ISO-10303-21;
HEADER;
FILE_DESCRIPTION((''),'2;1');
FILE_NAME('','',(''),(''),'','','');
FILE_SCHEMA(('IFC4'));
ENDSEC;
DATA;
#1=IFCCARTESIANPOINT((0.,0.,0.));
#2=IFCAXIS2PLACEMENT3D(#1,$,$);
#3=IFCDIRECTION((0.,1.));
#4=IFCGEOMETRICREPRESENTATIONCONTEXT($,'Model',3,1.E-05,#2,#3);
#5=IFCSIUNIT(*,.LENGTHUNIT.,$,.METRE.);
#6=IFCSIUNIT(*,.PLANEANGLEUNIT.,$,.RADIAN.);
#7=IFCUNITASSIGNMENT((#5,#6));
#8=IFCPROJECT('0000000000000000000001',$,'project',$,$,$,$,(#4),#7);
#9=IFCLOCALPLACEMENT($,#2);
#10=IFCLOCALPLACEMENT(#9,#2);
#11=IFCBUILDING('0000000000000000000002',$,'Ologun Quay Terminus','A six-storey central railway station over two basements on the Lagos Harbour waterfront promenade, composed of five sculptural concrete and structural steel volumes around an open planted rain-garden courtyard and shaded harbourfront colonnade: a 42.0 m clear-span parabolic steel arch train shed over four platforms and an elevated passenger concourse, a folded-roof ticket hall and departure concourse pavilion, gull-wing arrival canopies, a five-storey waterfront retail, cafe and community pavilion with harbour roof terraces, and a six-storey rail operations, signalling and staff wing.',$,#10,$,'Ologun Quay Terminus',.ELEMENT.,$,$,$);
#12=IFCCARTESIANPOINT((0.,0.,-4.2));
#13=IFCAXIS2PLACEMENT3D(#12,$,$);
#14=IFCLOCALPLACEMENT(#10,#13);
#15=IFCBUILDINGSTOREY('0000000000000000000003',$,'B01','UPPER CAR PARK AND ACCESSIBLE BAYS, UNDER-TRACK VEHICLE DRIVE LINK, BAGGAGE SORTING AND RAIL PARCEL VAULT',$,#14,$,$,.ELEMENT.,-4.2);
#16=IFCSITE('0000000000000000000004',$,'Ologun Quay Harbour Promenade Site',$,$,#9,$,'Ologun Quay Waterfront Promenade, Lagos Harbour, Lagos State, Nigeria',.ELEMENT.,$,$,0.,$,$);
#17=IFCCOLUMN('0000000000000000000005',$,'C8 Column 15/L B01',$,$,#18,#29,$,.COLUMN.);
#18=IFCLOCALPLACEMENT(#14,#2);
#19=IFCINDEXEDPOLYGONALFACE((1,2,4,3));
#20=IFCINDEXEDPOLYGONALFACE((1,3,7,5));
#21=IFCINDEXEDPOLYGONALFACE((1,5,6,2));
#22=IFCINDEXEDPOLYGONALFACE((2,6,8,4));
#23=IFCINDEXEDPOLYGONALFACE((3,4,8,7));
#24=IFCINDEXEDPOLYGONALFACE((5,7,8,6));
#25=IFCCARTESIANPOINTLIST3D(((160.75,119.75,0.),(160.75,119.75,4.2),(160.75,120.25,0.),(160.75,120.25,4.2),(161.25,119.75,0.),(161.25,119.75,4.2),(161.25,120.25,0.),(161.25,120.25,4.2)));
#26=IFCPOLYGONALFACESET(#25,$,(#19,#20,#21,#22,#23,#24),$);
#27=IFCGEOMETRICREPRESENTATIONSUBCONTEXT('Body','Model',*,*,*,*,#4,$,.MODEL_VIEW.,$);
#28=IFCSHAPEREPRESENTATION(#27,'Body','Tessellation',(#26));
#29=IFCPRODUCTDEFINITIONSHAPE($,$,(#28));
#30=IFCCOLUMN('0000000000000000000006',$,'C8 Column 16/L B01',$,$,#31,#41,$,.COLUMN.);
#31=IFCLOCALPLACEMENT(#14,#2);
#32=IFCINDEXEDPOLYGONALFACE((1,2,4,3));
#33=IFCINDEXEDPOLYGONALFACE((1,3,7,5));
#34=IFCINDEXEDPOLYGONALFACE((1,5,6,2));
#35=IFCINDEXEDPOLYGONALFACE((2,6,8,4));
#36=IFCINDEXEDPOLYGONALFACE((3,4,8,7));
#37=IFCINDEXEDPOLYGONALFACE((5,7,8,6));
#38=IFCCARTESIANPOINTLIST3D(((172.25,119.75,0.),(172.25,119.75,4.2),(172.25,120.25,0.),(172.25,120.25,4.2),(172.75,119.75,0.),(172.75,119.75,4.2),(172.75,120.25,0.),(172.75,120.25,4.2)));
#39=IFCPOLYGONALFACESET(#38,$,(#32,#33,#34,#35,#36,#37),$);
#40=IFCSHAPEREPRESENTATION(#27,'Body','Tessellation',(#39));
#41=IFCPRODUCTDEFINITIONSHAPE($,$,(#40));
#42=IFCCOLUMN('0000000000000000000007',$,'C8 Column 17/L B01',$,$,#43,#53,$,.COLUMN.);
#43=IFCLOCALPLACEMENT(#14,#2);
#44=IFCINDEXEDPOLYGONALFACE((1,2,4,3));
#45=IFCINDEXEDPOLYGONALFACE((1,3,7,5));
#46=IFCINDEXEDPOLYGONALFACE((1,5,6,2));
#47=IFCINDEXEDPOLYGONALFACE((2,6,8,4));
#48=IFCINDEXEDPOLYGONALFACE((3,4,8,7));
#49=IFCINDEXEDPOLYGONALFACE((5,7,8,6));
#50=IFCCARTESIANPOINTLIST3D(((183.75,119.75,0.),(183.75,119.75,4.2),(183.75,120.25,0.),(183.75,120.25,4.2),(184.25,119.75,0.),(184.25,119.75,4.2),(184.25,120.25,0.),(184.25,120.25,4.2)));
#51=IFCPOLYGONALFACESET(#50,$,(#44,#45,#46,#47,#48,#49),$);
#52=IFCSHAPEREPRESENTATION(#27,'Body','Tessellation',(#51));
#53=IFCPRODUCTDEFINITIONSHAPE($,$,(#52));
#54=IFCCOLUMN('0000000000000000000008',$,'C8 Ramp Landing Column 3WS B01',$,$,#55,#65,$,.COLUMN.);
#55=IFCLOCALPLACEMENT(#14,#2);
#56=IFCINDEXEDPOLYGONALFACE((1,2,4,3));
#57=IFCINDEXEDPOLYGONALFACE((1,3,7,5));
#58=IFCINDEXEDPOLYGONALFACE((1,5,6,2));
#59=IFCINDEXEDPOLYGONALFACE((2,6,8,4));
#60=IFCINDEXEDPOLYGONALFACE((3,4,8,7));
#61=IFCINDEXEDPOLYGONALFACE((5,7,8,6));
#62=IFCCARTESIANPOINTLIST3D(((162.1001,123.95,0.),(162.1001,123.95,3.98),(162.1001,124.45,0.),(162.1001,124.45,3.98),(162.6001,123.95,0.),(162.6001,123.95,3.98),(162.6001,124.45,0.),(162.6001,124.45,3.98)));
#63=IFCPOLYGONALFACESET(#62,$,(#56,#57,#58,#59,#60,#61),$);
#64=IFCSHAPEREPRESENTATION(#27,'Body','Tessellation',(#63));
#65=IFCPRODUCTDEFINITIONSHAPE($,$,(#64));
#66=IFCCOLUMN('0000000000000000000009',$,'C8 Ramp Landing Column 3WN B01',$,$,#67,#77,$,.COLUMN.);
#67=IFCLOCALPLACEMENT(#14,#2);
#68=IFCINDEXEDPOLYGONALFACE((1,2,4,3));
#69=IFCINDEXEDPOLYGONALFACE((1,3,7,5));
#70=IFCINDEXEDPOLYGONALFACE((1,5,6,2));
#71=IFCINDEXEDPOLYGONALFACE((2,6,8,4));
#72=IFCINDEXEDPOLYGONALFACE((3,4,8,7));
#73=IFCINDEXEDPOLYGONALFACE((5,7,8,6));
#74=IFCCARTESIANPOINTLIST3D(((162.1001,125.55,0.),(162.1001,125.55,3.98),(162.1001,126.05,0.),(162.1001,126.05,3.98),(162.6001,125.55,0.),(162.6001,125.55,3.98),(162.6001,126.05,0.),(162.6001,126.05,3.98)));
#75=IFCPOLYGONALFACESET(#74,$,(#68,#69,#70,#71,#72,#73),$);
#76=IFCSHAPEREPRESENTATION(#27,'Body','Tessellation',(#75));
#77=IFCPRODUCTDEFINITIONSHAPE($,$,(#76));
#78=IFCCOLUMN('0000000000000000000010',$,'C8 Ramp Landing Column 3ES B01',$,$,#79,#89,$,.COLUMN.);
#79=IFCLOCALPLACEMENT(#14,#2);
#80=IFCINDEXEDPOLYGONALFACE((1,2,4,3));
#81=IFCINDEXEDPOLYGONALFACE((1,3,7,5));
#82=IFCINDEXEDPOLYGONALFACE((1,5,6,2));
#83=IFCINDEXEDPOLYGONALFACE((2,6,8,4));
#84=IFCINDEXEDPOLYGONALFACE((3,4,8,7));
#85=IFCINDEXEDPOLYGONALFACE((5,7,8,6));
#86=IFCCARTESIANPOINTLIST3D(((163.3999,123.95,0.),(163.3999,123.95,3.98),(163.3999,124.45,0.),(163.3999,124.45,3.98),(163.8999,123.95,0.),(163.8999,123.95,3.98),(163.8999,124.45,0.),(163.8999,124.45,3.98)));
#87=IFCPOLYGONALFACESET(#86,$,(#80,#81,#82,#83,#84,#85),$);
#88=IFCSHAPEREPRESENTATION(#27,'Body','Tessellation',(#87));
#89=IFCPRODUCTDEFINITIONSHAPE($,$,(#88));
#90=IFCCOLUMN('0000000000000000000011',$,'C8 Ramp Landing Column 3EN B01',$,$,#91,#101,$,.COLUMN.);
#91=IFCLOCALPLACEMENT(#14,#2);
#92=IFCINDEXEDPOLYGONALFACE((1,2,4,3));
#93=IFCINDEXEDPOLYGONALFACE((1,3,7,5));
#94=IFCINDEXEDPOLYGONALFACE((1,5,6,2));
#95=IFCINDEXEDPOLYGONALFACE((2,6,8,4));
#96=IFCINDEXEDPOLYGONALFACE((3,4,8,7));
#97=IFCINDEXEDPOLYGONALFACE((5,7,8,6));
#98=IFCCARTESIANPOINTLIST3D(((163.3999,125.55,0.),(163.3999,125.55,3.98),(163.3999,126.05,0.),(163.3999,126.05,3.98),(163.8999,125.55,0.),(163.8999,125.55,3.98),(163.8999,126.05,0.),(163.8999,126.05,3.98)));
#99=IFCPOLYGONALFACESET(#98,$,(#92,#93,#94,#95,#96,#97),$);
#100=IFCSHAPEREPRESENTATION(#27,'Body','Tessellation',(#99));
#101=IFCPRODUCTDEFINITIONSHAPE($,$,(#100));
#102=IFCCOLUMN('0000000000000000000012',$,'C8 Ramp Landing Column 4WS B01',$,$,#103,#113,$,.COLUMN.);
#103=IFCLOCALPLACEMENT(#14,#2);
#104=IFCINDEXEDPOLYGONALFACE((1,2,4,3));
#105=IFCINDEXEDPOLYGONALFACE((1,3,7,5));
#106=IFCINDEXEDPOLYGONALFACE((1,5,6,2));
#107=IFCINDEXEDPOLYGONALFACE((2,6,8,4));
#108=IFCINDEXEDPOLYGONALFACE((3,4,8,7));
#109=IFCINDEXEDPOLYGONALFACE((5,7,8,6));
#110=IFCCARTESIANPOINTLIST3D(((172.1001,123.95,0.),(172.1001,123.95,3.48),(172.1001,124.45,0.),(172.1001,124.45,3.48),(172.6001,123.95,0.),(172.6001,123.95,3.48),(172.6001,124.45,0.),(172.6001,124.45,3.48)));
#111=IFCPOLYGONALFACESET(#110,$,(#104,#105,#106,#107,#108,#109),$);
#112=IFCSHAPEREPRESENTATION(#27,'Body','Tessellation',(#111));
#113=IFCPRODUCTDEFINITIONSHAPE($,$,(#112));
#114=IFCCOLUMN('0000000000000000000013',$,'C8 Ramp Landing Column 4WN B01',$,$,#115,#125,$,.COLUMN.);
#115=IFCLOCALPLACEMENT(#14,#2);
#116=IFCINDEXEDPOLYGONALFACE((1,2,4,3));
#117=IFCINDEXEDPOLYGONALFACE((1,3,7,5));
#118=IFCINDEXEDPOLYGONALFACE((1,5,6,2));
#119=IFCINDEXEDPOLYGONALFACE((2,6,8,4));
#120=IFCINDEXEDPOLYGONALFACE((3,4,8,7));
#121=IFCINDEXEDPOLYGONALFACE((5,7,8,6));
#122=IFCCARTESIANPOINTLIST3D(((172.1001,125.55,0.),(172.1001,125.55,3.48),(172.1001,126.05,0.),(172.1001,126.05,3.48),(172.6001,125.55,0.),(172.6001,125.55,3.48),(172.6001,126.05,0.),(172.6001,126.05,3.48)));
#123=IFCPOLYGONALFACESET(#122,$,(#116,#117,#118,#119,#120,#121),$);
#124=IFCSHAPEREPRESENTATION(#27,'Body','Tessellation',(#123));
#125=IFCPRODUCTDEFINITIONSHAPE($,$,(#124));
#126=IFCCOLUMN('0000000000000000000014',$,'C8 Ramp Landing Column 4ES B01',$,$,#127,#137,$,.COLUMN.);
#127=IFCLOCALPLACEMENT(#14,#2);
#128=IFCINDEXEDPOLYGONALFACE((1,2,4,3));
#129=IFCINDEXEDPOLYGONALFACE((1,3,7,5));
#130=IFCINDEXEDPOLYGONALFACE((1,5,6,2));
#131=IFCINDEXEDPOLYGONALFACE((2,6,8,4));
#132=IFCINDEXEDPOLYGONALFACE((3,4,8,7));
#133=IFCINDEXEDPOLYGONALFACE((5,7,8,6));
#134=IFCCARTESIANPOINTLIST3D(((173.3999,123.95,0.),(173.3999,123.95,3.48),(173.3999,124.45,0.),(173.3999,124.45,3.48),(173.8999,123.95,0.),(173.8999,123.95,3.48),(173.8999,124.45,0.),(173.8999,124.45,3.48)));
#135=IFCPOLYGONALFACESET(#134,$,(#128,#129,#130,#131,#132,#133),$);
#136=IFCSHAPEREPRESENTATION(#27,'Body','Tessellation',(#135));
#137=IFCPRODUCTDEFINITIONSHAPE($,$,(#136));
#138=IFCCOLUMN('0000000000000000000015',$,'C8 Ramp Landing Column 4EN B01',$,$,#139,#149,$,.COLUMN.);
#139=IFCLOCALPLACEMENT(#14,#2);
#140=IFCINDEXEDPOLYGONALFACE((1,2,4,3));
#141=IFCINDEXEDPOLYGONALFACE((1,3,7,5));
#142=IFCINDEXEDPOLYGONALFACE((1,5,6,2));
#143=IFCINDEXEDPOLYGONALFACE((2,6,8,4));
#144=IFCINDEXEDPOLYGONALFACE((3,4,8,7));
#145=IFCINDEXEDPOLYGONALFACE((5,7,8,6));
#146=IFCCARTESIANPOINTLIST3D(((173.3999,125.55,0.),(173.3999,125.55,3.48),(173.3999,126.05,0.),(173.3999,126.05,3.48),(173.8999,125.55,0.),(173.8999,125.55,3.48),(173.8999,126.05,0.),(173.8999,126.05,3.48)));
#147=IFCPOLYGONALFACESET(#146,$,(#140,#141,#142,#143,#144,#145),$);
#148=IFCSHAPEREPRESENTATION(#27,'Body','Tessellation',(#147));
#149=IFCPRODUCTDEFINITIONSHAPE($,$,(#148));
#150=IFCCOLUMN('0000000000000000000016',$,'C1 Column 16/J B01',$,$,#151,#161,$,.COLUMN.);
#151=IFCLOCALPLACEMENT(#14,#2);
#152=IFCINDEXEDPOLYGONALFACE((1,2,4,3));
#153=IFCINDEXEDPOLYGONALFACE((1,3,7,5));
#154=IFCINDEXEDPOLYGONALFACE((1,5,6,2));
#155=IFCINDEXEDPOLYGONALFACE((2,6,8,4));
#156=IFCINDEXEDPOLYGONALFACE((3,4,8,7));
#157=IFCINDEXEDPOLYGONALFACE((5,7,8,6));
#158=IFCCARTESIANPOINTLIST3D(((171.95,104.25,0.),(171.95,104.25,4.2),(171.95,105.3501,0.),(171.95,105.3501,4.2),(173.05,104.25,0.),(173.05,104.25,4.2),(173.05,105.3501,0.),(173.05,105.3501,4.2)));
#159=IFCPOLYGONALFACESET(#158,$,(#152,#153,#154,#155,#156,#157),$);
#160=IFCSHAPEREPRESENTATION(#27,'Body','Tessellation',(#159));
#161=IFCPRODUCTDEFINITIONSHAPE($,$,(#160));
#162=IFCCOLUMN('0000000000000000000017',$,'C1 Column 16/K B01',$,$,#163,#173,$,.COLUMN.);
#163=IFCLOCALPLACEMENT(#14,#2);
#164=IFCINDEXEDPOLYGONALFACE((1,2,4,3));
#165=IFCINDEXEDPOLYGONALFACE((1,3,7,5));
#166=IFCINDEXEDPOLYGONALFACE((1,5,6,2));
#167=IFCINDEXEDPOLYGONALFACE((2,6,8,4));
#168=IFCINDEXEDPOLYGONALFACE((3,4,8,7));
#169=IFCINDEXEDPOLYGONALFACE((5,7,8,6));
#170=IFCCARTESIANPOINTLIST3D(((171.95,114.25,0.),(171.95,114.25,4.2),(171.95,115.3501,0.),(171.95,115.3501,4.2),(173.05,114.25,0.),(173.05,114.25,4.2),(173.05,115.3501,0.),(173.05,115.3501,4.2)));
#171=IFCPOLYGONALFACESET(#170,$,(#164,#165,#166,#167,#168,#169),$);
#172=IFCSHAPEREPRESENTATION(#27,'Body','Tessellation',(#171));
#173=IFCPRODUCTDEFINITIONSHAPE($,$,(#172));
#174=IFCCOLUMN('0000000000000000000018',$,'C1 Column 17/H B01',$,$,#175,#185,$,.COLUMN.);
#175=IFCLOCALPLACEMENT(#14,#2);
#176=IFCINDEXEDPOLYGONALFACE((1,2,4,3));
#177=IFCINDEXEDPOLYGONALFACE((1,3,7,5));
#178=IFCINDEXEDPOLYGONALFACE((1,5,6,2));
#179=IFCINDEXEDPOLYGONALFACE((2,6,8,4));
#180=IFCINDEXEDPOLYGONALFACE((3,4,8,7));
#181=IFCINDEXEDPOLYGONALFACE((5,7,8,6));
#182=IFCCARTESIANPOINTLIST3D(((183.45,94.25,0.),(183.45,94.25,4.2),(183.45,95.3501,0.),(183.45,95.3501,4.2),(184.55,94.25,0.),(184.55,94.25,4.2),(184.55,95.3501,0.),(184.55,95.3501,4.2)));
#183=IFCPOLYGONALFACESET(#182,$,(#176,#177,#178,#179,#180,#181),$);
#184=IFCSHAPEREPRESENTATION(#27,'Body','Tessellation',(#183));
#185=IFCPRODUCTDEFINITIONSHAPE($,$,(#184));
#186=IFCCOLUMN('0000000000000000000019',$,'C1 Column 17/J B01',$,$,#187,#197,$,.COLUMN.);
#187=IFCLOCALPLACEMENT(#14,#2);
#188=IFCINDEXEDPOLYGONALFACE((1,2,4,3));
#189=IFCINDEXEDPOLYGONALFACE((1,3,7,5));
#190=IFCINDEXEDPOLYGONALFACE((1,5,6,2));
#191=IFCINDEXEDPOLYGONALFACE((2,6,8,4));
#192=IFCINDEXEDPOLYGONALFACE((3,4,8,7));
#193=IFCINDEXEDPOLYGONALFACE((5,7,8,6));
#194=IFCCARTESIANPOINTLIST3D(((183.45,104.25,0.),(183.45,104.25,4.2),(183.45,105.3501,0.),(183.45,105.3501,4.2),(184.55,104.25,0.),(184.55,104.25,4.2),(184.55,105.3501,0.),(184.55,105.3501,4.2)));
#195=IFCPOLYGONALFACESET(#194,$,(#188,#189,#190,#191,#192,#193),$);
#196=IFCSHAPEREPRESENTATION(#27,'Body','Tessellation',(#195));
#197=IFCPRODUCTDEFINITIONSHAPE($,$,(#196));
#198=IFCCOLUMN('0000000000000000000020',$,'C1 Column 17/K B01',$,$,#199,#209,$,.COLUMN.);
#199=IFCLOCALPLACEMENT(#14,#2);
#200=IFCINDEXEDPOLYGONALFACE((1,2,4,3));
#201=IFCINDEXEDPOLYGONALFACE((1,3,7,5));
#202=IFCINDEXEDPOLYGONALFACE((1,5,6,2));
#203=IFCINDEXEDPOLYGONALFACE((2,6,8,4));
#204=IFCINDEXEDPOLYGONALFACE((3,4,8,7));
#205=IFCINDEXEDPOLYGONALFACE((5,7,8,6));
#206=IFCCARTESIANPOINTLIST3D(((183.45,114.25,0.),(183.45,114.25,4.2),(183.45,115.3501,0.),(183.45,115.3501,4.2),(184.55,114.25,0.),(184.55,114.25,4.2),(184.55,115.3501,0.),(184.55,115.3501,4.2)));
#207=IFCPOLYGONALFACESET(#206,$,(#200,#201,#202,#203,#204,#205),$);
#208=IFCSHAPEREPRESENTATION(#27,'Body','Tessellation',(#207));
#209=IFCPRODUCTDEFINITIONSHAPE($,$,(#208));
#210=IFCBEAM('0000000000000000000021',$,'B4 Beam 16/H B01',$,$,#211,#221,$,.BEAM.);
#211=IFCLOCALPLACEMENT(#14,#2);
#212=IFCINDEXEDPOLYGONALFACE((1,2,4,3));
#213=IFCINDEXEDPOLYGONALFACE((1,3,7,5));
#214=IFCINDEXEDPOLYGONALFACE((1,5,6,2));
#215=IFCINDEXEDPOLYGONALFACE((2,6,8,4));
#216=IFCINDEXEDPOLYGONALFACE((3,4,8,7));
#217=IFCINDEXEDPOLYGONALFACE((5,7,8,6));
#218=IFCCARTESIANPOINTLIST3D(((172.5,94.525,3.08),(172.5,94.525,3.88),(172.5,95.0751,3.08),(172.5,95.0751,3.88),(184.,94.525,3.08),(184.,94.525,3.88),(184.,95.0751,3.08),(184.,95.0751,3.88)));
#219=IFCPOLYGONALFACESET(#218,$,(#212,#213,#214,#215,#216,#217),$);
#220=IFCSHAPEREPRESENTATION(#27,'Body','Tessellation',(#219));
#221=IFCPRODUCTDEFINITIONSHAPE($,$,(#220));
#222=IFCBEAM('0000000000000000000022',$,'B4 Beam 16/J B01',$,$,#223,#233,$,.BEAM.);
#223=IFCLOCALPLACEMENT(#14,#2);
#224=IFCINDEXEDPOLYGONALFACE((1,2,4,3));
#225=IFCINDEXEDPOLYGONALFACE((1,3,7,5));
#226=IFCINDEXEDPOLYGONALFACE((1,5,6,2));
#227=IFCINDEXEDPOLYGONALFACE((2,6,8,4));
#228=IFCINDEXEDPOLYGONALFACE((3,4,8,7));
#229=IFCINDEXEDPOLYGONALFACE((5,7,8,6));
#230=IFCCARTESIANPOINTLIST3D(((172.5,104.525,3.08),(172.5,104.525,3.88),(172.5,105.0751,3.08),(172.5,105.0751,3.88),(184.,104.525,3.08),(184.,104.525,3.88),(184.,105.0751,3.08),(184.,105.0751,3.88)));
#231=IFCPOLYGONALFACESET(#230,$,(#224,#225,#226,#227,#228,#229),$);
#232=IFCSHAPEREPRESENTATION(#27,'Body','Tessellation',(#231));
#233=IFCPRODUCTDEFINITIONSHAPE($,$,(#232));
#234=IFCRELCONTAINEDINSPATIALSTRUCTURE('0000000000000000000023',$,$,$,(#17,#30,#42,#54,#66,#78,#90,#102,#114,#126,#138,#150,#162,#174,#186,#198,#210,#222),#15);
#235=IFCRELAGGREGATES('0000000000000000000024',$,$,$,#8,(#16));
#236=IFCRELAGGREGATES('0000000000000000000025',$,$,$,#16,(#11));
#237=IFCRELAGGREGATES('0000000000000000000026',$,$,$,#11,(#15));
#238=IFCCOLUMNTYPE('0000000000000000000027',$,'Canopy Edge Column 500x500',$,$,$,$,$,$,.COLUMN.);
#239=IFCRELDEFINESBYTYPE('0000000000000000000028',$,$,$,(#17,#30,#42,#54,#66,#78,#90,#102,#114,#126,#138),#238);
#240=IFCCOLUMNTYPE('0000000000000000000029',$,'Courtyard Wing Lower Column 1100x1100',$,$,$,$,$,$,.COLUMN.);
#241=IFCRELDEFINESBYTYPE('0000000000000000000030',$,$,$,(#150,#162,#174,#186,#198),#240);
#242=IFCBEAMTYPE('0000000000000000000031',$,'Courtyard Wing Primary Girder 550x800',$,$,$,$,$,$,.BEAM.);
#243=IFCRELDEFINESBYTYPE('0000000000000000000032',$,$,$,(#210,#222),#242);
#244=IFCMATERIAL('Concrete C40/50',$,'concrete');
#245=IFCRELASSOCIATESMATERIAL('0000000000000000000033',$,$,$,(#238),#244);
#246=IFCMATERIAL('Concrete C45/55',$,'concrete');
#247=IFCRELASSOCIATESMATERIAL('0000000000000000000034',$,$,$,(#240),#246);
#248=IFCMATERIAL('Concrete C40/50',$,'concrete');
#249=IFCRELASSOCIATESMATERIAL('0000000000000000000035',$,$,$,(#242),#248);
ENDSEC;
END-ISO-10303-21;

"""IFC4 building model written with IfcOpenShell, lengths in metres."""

from ifc_helpers import new_model, si_unit, direction, frame, origin, origin_2d, place, context, subcontext, project, spatial, rectangle, extrude, material, material_profile, profile_set, type_object, element, save


model = new_model("IFC4")

# Units and contexts
model_context = context("Model", 3, precision=1e-05, world=origin(), true_north=direction((0.0, 1.0)))
body_context = subcontext(model_context, "Body", "Model", "MODEL_VIEW")
ifc_project = project(units=[si_unit("LENGTHUNIT", "METRE"), si_unit("PLANEANGLEUNIT", "RADIAN")], contexts=[model_context])

# Site, building, storey
site_placement = place(None, origin())
site = spatial("IfcSite", under=ifc_project, at=site_placement, Name="Ologun Quay Harbour Promenade Site", LongName="Ologun Quay Waterfront Promenade, Lagos Harbour, Lagos State, Nigeria", CompositionType="ELEMENT", RefElevation=0.0)
building_placement = place(site_placement, origin())
building = spatial("IfcBuilding", under=site, at=building_placement, Name="Ologun Quay Terminus", Description="A six-storey central railway station over two basements on the Lagos Harbour waterfront promenade, composed of five sculptural concrete and structural steel volumes around an open planted rain-garden courtyard and shaded harbourfront colonnade: a 42.0 m clear-span parabolic steel arch train shed over four platforms and an elevated passenger concourse, a folded-roof ticket hall and departure concourse pavilion, gull-wing arrival canopies, a five-storey waterfront retail, cafe and community pavilion with harbour roof terraces, and a six-storey rail operations, signalling and staff wing.", LongName="Ologun Quay Terminus", CompositionType="ELEMENT")
storey_placement = place(building_placement, frame((0.0, 0.0, -4.2)))
storey = spatial("IfcBuildingStorey", under=building, at=storey_placement, Name="B01", Description="UPPER CAR PARK AND ACCESSIBLE BAYS, UNDER-TRACK VEHICLE DRIVE LINK, BAGGAGE SORTING AND RAIL PARCEL VAULT", CompositionType="ELEMENT", Elevation=-4.2)

# Columns
ifc_material_1 = material(Name="Concrete C40/50", Category="concrete")
ifc_material_profile_1 = material_profile(ifc_material_1, rectangle(XDim=0.5, YDim=0.5, at=origin_2d()), Name="RC 500x500")
ifc_profile_set_1 = profile_set([ifc_material_profile_1], Name="Concrete C40/50")
column_type_1 = type_object("IfcColumnType", Name="Canopy Edge Column 500x500", PredefinedType="COLUMN", material=ifc_profile_set_1)
for number, where, z_axis, x_axis, name in (
    (1, (161.0, 120.0, 0.0), (0.0, 0.0, 1.0), (1.0, 0.0, 0.0), "C8 Column 15/L B01"),
    (2, (172.5, 120.0, 0.0), (0.0, 0.0, 1.0), (1.0, 0.0, 0.0), "C8 Column 16/L B01"),
    (3, (184.0, 120.0, 0.0), (0.0, 0.0, 1.0), (1.0, 0.0, 0.0), "C8 Column 17/L B01"),
):
    element("IfcColumn", number, at=place(storey_placement, frame(where, z_axis=z_axis, x_axis=x_axis)), inside=storey, type_object=column_type_1, Name=name, PredefinedType="COLUMN", context=body_context, shape_type="SweptSolid", body=[
        extrude(rectangle(XDim=0.5, YDim=0.5, at=origin_2d()), origin(), (0.0, 0.0, 1.0), 4.2),
    ])
for number, where, z_axis, x_axis, name in (
    (4, (162.3501, 124.2, 0.0), (0.0, 0.0, 1.0), (1.0, 0.0, 0.0), "C8 Ramp Landing Column 3WS B01"),
    (5, (162.3501, 125.8, 0.0), (0.0, 0.0, 1.0), (1.0, 0.0, 0.0), "C8 Ramp Landing Column 3WN B01"),
    (6, (163.6499, 124.2, 0.0), (0.0, 0.0, 1.0), (1.0, 0.0, 0.0), "C8 Ramp Landing Column 3ES B01"),
    (7, (163.6499, 125.8, 0.0), (0.0, 0.0, 1.0), (1.0, 0.0, 0.0), "C8 Ramp Landing Column 3EN B01"),
):
    element("IfcColumn", number, at=place(storey_placement, frame(where, z_axis=z_axis, x_axis=x_axis)), inside=storey, type_object=column_type_1, Name=name, PredefinedType="COLUMN", context=body_context, shape_type="SweptSolid", body=[
        extrude(rectangle(XDim=0.5, YDim=0.5, at=origin_2d()), origin(), (0.0, 0.0, 1.0), 3.98),
    ])
for number, where, z_axis, x_axis, name in (
    (8, (172.3501, 124.2, 0.0), (0.0, 0.0, 1.0), (1.0, 0.0, 0.0), "C8 Ramp Landing Column 4WS B01"),
    (9, (172.3501, 125.8, 0.0), (0.0, 0.0, 1.0), (1.0, 0.0, 0.0), "C8 Ramp Landing Column 4WN B01"),
    (10, (173.6499, 124.2, 0.0), (0.0, 0.0, 1.0), (1.0, 0.0, 0.0), "C8 Ramp Landing Column 4ES B01"),
    (11, (173.6499, 125.8, 0.0), (0.0, 0.0, 1.0), (1.0, 0.0, 0.0), "C8 Ramp Landing Column 4EN B01"),
):
    element("IfcColumn", number, at=place(storey_placement, frame(where, z_axis=z_axis, x_axis=x_axis)), inside=storey, type_object=column_type_1, Name=name, PredefinedType="COLUMN", context=body_context, shape_type="SweptSolid", body=[
        extrude(rectangle(XDim=0.5, YDim=0.5, at=origin_2d()), origin(), (0.0, 0.0, 1.0), 3.48),
    ])
ifc_material_2 = material(Name="Concrete C45/55", Category="concrete")
ifc_material_profile_2 = material_profile(ifc_material_2, rectangle(XDim=1.1001, YDim=1.1001, at=origin_2d()), Name="RC 1100x1100")
ifc_profile_set_2 = profile_set([ifc_material_profile_2], Name="Concrete C45/55")
column_type_2 = type_object("IfcColumnType", Name="Courtyard Wing Lower Column 1100x1100", PredefinedType="COLUMN", material=ifc_profile_set_2)
for number, where, z_axis, x_axis, name in (
    (12, (172.5, 104.8, 0.0), (0.0, 0.0, 1.0), (1.0, 0.0, 0.0), "C1 Column 16/J B01"),
    (13, (172.5, 114.8, 0.0), (0.0, 0.0, 1.0), (1.0, 0.0, 0.0), "C1 Column 16/K B01"),
    (14, (184.0, 94.8, 0.0), (0.0, 0.0, 1.0), (1.0, 0.0, 0.0), "C1 Column 17/H B01"),
    (15, (184.0, 104.8, 0.0), (0.0, 0.0, 1.0), (1.0, 0.0, 0.0), "C1 Column 17/J B01"),
    (16, (184.0, 114.8, 0.0), (0.0, 0.0, 1.0), (1.0, 0.0, 0.0), "C1 Column 17/K B01"),
):
    element("IfcColumn", number, at=place(storey_placement, frame(where, z_axis=z_axis, x_axis=x_axis)), inside=storey, type_object=column_type_2, Name=name, PredefinedType="COLUMN", context=body_context, shape_type="SweptSolid", body=[
        extrude(rectangle(XDim=1.1001, YDim=1.1001, at=origin_2d()), origin(), (0.0, 0.0, 1.0), 4.2),
    ])

# Beams
ifc_material_3 = material(Name="Concrete C40/50", Category="concrete")
ifc_material_profile_3 = material_profile(ifc_material_3, rectangle(XDim=0.55, YDim=0.8, at=origin_2d()), Name="RC 550x800")
ifc_profile_set_3 = profile_set([ifc_material_profile_3], Name="Concrete C40/50")
beam_type_1 = type_object("IfcBeamType", Name="Courtyard Wing Primary Girder 550x800", PredefinedType="BEAM", material=ifc_profile_set_3)
for number, where, z_axis, x_axis, name in (
    (17, (172.5, 94.8, 3.48), (1.0, 0.0, 0.0), (0.0, 1.0, 0.0), "B4 Beam 16/H B01"),
    (18, (172.5, 104.8, 3.48), (1.0, 0.0, 0.0), (0.0, 1.0, 0.0), "B4 Beam 16/J B01"),
):
    element("IfcBeam", number, at=place(storey_placement, frame(where, z_axis=z_axis, x_axis=x_axis)), inside=storey, type_object=beam_type_1, Name=name, PredefinedType="BEAM", context=body_context, shape_type="SweptSolid", body=[
        extrude(rectangle(XDim=0.55, YDim=0.8, at=origin_2d()), origin(), (0.0, 0.0, 1.0), 11.5),
    ])

save(model, "model.ifc")
